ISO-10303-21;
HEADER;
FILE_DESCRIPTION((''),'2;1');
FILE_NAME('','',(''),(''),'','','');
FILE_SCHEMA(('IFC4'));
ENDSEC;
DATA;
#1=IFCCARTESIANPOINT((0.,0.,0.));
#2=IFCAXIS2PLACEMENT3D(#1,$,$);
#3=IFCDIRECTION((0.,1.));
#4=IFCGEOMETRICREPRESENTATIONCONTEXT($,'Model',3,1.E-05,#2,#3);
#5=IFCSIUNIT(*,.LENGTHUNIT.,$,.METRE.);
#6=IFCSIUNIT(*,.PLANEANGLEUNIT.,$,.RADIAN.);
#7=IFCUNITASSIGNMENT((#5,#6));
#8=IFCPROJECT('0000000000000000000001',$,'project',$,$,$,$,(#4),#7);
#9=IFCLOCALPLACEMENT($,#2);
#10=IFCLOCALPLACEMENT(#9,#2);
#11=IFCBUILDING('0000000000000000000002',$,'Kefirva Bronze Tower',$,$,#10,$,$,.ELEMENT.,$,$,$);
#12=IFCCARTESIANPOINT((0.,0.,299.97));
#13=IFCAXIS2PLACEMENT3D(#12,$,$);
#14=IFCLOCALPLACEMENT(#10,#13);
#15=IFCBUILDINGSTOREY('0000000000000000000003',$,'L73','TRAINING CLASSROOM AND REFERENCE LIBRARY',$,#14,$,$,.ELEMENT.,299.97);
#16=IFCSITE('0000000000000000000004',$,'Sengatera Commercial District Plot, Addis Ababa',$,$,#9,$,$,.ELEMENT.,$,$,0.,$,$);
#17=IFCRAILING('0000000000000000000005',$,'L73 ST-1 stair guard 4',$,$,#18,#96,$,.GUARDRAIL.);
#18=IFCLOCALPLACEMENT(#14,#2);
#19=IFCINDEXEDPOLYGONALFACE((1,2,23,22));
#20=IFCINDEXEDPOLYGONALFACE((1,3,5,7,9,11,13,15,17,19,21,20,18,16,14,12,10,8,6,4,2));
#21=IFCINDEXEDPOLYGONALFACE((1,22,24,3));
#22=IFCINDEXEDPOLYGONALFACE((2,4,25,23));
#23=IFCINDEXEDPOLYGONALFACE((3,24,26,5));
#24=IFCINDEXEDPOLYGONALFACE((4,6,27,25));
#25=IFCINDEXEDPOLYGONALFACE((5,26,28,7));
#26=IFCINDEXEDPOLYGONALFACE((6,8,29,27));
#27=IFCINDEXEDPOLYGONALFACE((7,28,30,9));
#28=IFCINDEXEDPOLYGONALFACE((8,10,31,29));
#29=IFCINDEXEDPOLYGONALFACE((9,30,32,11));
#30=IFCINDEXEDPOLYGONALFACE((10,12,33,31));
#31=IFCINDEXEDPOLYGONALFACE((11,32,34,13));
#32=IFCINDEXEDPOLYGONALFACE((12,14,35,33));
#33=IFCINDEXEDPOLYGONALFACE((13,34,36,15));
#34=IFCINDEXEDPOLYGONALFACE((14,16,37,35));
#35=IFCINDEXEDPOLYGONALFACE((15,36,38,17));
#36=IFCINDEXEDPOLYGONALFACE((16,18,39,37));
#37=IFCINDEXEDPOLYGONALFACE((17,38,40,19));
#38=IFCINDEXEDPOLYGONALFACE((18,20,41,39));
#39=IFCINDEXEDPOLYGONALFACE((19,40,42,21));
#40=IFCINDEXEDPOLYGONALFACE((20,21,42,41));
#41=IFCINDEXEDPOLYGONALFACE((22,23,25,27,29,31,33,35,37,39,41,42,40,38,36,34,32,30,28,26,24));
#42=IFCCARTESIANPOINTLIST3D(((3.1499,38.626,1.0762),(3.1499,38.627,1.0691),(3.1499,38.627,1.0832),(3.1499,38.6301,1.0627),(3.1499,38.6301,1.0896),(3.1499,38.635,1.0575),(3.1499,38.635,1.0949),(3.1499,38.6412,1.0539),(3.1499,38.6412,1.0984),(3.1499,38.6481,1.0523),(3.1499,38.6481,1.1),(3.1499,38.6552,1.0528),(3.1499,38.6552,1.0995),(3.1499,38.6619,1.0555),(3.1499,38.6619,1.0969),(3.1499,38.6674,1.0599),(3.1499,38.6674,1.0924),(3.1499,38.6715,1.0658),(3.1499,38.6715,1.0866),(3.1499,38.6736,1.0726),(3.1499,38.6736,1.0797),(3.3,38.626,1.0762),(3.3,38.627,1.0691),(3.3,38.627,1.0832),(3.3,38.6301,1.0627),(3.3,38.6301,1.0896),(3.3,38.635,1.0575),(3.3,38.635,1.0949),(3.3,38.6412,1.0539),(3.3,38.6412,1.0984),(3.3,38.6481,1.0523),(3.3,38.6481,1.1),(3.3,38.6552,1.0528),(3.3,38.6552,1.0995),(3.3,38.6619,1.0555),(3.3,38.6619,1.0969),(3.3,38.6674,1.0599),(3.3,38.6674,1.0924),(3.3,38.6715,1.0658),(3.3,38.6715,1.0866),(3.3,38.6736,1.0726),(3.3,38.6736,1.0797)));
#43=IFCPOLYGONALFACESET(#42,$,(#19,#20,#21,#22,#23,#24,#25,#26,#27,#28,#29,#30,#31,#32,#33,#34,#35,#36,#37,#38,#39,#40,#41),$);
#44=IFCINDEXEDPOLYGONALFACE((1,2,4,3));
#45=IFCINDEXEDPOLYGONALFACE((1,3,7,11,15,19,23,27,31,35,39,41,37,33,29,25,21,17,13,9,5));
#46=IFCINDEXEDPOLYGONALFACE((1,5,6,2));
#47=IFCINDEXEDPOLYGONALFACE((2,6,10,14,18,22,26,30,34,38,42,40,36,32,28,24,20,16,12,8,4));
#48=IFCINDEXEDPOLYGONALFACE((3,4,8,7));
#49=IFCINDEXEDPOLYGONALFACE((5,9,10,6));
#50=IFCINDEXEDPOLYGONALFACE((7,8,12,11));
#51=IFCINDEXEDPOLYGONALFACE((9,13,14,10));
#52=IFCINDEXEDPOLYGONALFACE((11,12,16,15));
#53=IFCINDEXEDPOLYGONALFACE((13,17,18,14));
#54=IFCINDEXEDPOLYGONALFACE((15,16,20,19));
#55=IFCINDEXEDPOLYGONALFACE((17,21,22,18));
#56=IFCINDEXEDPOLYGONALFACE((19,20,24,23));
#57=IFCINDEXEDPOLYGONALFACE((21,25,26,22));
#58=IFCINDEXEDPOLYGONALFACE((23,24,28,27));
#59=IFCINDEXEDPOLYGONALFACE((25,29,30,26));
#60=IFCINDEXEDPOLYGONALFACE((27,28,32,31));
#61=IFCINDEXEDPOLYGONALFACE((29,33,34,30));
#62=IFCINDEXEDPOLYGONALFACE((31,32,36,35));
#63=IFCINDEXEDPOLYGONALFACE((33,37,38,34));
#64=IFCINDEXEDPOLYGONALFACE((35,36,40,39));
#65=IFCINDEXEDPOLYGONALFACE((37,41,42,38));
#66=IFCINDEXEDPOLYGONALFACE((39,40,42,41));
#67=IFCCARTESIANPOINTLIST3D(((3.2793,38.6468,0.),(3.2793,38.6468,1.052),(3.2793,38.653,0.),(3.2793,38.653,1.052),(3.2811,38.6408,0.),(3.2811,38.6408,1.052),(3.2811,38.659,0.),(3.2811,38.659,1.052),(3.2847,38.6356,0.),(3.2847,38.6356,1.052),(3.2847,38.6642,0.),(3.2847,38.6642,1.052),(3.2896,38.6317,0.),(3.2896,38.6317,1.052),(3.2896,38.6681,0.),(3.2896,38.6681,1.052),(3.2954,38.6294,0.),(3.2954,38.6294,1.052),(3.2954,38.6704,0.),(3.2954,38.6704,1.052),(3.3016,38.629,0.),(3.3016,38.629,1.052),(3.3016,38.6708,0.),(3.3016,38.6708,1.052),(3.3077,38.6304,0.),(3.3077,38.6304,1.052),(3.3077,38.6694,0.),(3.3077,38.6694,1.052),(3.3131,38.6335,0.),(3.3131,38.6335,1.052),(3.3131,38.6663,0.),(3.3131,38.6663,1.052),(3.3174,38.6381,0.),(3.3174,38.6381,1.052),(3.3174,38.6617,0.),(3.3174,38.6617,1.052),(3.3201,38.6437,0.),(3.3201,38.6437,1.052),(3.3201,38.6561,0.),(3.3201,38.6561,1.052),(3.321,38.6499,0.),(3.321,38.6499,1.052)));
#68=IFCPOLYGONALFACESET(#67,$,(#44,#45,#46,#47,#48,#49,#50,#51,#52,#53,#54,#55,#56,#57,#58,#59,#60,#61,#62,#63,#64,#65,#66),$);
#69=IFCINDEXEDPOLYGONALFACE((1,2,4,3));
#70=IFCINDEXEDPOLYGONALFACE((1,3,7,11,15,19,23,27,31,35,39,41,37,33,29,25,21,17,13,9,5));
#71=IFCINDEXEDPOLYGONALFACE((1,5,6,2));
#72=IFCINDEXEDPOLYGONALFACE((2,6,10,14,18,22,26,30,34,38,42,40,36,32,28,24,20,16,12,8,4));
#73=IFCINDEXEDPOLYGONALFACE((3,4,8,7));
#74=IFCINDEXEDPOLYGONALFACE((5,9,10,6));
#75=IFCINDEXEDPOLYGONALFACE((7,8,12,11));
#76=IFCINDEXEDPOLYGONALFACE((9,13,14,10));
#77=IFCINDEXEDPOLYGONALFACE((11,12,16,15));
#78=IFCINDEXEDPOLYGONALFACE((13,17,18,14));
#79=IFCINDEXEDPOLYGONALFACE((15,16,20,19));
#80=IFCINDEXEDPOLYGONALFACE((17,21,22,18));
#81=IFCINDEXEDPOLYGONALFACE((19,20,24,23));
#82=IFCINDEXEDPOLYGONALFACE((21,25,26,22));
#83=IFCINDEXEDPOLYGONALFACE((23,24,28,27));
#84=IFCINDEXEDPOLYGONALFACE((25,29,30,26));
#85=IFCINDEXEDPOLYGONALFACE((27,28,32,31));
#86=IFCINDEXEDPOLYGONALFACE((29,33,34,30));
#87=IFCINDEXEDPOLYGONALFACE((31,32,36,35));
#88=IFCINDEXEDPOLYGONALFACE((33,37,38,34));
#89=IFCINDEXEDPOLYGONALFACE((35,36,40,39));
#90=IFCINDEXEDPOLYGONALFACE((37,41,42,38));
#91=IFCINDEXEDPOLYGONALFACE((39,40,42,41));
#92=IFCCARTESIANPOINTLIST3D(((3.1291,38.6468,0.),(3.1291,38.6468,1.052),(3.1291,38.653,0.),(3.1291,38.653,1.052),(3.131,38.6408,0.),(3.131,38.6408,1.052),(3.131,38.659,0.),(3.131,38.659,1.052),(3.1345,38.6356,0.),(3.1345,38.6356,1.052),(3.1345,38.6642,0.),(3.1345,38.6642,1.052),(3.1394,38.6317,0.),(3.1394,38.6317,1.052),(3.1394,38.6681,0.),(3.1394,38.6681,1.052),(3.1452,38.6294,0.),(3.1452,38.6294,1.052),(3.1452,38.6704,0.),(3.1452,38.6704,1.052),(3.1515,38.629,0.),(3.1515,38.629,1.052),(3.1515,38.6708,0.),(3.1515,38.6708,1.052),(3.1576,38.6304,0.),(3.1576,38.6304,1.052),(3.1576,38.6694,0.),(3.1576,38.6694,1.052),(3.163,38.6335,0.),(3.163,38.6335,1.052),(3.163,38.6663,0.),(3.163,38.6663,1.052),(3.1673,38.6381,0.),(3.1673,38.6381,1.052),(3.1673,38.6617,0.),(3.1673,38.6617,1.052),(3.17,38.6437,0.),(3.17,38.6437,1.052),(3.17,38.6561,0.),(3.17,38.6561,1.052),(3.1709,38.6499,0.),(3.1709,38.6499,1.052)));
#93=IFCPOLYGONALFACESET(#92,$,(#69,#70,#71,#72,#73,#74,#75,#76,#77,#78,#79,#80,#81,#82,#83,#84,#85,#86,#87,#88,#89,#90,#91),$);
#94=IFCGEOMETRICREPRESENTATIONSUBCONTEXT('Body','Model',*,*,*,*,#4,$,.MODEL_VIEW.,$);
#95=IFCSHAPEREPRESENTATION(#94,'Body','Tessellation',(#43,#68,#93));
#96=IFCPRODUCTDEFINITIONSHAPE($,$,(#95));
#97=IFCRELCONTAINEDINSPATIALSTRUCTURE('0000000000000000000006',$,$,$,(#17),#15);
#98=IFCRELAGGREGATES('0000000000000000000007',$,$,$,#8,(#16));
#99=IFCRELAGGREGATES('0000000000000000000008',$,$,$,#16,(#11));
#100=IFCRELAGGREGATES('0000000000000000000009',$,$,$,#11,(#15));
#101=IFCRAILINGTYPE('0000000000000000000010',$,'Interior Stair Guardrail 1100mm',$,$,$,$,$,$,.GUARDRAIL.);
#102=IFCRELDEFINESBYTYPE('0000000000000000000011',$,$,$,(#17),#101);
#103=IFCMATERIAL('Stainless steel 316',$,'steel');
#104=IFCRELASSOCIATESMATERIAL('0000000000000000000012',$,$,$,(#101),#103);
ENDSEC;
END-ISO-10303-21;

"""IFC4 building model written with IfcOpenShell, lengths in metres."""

from ifc_helpers import new_model, si_unit, direction, frame, origin, origin_2d, place, context, subcontext, project, spatial, circle, extrude, material, type_object, element, save


model = new_model("IFC4")

# Units and contexts
model_context = context("Model", 3, precision=1e-05, world=origin(), true_north=direction((0.0, 1.0)))
body_context = subcontext(model_context, "Body", "Model", "MODEL_VIEW")
ifc_project = project(units=[si_unit("LENGTHUNIT", "METRE"), si_unit("PLANEANGLEUNIT", "RADIAN")], contexts=[model_context])

# Site, building, storey
site_placement = place(None, origin())
site = spatial("IfcSite", under=ifc_project, at=site_placement, Name="Sengatera Commercial District Plot, Addis Ababa", CompositionType="ELEMENT", RefElevation=0.0)
building_placement = place(site_placement, origin())
building = spatial("IfcBuilding", under=site, at=building_placement, Name="Kefirva Bronze Tower", CompositionType="ELEMENT")
storey_placement = place(building_placement, frame((0.0, 0.0, 299.97)))
storey = spatial("IfcBuildingStorey", under=building, at=storey_placement, Name="L73", Description="TRAINING CLASSROOM AND REFERENCE LIBRARY", CompositionType="ELEMENT", Elevation=299.97)

# Railing
ifc_material_1 = material(Name="Stainless steel 316", Category="steel")
railing_type_1 = type_object("IfcRailingType", Name="Interior Stair Guardrail 1100mm", PredefinedType="GUARDRAIL", material=ifc_material_1)
railing_1_placement = place(storey_placement, frame((3.3, 38.6499, 0.0)))
element("IfcRailing", 1, at=railing_1_placement, inside=storey, type_object=railing_type_1, Name="L73 ST-1 stair guard 4", PredefinedType="GUARDRAIL", context=body_context, shape_type="SweptSolid", body=[
    extrude(circle(Radius=0.0239, at=origin_2d()), frame((0.0, 0.0, 1.0762), z_axis=(-1.0, 0.0, 0.0), x_axis=(0.0, -1.0, 0.0)), (0.0, 0.0, 1.0), 0.1501),
    extrude(circle(Radius=0.021, at=origin_2d()), origin(), (0.0, 0.0, 1.0), 1.052),
    extrude(circle(Radius=0.021, at=origin_2d()), frame((-0.1501, 0.0, 0.0)), (0.0, 0.0, 1.0), 1.052),
])

save(model, "model.ifc")
